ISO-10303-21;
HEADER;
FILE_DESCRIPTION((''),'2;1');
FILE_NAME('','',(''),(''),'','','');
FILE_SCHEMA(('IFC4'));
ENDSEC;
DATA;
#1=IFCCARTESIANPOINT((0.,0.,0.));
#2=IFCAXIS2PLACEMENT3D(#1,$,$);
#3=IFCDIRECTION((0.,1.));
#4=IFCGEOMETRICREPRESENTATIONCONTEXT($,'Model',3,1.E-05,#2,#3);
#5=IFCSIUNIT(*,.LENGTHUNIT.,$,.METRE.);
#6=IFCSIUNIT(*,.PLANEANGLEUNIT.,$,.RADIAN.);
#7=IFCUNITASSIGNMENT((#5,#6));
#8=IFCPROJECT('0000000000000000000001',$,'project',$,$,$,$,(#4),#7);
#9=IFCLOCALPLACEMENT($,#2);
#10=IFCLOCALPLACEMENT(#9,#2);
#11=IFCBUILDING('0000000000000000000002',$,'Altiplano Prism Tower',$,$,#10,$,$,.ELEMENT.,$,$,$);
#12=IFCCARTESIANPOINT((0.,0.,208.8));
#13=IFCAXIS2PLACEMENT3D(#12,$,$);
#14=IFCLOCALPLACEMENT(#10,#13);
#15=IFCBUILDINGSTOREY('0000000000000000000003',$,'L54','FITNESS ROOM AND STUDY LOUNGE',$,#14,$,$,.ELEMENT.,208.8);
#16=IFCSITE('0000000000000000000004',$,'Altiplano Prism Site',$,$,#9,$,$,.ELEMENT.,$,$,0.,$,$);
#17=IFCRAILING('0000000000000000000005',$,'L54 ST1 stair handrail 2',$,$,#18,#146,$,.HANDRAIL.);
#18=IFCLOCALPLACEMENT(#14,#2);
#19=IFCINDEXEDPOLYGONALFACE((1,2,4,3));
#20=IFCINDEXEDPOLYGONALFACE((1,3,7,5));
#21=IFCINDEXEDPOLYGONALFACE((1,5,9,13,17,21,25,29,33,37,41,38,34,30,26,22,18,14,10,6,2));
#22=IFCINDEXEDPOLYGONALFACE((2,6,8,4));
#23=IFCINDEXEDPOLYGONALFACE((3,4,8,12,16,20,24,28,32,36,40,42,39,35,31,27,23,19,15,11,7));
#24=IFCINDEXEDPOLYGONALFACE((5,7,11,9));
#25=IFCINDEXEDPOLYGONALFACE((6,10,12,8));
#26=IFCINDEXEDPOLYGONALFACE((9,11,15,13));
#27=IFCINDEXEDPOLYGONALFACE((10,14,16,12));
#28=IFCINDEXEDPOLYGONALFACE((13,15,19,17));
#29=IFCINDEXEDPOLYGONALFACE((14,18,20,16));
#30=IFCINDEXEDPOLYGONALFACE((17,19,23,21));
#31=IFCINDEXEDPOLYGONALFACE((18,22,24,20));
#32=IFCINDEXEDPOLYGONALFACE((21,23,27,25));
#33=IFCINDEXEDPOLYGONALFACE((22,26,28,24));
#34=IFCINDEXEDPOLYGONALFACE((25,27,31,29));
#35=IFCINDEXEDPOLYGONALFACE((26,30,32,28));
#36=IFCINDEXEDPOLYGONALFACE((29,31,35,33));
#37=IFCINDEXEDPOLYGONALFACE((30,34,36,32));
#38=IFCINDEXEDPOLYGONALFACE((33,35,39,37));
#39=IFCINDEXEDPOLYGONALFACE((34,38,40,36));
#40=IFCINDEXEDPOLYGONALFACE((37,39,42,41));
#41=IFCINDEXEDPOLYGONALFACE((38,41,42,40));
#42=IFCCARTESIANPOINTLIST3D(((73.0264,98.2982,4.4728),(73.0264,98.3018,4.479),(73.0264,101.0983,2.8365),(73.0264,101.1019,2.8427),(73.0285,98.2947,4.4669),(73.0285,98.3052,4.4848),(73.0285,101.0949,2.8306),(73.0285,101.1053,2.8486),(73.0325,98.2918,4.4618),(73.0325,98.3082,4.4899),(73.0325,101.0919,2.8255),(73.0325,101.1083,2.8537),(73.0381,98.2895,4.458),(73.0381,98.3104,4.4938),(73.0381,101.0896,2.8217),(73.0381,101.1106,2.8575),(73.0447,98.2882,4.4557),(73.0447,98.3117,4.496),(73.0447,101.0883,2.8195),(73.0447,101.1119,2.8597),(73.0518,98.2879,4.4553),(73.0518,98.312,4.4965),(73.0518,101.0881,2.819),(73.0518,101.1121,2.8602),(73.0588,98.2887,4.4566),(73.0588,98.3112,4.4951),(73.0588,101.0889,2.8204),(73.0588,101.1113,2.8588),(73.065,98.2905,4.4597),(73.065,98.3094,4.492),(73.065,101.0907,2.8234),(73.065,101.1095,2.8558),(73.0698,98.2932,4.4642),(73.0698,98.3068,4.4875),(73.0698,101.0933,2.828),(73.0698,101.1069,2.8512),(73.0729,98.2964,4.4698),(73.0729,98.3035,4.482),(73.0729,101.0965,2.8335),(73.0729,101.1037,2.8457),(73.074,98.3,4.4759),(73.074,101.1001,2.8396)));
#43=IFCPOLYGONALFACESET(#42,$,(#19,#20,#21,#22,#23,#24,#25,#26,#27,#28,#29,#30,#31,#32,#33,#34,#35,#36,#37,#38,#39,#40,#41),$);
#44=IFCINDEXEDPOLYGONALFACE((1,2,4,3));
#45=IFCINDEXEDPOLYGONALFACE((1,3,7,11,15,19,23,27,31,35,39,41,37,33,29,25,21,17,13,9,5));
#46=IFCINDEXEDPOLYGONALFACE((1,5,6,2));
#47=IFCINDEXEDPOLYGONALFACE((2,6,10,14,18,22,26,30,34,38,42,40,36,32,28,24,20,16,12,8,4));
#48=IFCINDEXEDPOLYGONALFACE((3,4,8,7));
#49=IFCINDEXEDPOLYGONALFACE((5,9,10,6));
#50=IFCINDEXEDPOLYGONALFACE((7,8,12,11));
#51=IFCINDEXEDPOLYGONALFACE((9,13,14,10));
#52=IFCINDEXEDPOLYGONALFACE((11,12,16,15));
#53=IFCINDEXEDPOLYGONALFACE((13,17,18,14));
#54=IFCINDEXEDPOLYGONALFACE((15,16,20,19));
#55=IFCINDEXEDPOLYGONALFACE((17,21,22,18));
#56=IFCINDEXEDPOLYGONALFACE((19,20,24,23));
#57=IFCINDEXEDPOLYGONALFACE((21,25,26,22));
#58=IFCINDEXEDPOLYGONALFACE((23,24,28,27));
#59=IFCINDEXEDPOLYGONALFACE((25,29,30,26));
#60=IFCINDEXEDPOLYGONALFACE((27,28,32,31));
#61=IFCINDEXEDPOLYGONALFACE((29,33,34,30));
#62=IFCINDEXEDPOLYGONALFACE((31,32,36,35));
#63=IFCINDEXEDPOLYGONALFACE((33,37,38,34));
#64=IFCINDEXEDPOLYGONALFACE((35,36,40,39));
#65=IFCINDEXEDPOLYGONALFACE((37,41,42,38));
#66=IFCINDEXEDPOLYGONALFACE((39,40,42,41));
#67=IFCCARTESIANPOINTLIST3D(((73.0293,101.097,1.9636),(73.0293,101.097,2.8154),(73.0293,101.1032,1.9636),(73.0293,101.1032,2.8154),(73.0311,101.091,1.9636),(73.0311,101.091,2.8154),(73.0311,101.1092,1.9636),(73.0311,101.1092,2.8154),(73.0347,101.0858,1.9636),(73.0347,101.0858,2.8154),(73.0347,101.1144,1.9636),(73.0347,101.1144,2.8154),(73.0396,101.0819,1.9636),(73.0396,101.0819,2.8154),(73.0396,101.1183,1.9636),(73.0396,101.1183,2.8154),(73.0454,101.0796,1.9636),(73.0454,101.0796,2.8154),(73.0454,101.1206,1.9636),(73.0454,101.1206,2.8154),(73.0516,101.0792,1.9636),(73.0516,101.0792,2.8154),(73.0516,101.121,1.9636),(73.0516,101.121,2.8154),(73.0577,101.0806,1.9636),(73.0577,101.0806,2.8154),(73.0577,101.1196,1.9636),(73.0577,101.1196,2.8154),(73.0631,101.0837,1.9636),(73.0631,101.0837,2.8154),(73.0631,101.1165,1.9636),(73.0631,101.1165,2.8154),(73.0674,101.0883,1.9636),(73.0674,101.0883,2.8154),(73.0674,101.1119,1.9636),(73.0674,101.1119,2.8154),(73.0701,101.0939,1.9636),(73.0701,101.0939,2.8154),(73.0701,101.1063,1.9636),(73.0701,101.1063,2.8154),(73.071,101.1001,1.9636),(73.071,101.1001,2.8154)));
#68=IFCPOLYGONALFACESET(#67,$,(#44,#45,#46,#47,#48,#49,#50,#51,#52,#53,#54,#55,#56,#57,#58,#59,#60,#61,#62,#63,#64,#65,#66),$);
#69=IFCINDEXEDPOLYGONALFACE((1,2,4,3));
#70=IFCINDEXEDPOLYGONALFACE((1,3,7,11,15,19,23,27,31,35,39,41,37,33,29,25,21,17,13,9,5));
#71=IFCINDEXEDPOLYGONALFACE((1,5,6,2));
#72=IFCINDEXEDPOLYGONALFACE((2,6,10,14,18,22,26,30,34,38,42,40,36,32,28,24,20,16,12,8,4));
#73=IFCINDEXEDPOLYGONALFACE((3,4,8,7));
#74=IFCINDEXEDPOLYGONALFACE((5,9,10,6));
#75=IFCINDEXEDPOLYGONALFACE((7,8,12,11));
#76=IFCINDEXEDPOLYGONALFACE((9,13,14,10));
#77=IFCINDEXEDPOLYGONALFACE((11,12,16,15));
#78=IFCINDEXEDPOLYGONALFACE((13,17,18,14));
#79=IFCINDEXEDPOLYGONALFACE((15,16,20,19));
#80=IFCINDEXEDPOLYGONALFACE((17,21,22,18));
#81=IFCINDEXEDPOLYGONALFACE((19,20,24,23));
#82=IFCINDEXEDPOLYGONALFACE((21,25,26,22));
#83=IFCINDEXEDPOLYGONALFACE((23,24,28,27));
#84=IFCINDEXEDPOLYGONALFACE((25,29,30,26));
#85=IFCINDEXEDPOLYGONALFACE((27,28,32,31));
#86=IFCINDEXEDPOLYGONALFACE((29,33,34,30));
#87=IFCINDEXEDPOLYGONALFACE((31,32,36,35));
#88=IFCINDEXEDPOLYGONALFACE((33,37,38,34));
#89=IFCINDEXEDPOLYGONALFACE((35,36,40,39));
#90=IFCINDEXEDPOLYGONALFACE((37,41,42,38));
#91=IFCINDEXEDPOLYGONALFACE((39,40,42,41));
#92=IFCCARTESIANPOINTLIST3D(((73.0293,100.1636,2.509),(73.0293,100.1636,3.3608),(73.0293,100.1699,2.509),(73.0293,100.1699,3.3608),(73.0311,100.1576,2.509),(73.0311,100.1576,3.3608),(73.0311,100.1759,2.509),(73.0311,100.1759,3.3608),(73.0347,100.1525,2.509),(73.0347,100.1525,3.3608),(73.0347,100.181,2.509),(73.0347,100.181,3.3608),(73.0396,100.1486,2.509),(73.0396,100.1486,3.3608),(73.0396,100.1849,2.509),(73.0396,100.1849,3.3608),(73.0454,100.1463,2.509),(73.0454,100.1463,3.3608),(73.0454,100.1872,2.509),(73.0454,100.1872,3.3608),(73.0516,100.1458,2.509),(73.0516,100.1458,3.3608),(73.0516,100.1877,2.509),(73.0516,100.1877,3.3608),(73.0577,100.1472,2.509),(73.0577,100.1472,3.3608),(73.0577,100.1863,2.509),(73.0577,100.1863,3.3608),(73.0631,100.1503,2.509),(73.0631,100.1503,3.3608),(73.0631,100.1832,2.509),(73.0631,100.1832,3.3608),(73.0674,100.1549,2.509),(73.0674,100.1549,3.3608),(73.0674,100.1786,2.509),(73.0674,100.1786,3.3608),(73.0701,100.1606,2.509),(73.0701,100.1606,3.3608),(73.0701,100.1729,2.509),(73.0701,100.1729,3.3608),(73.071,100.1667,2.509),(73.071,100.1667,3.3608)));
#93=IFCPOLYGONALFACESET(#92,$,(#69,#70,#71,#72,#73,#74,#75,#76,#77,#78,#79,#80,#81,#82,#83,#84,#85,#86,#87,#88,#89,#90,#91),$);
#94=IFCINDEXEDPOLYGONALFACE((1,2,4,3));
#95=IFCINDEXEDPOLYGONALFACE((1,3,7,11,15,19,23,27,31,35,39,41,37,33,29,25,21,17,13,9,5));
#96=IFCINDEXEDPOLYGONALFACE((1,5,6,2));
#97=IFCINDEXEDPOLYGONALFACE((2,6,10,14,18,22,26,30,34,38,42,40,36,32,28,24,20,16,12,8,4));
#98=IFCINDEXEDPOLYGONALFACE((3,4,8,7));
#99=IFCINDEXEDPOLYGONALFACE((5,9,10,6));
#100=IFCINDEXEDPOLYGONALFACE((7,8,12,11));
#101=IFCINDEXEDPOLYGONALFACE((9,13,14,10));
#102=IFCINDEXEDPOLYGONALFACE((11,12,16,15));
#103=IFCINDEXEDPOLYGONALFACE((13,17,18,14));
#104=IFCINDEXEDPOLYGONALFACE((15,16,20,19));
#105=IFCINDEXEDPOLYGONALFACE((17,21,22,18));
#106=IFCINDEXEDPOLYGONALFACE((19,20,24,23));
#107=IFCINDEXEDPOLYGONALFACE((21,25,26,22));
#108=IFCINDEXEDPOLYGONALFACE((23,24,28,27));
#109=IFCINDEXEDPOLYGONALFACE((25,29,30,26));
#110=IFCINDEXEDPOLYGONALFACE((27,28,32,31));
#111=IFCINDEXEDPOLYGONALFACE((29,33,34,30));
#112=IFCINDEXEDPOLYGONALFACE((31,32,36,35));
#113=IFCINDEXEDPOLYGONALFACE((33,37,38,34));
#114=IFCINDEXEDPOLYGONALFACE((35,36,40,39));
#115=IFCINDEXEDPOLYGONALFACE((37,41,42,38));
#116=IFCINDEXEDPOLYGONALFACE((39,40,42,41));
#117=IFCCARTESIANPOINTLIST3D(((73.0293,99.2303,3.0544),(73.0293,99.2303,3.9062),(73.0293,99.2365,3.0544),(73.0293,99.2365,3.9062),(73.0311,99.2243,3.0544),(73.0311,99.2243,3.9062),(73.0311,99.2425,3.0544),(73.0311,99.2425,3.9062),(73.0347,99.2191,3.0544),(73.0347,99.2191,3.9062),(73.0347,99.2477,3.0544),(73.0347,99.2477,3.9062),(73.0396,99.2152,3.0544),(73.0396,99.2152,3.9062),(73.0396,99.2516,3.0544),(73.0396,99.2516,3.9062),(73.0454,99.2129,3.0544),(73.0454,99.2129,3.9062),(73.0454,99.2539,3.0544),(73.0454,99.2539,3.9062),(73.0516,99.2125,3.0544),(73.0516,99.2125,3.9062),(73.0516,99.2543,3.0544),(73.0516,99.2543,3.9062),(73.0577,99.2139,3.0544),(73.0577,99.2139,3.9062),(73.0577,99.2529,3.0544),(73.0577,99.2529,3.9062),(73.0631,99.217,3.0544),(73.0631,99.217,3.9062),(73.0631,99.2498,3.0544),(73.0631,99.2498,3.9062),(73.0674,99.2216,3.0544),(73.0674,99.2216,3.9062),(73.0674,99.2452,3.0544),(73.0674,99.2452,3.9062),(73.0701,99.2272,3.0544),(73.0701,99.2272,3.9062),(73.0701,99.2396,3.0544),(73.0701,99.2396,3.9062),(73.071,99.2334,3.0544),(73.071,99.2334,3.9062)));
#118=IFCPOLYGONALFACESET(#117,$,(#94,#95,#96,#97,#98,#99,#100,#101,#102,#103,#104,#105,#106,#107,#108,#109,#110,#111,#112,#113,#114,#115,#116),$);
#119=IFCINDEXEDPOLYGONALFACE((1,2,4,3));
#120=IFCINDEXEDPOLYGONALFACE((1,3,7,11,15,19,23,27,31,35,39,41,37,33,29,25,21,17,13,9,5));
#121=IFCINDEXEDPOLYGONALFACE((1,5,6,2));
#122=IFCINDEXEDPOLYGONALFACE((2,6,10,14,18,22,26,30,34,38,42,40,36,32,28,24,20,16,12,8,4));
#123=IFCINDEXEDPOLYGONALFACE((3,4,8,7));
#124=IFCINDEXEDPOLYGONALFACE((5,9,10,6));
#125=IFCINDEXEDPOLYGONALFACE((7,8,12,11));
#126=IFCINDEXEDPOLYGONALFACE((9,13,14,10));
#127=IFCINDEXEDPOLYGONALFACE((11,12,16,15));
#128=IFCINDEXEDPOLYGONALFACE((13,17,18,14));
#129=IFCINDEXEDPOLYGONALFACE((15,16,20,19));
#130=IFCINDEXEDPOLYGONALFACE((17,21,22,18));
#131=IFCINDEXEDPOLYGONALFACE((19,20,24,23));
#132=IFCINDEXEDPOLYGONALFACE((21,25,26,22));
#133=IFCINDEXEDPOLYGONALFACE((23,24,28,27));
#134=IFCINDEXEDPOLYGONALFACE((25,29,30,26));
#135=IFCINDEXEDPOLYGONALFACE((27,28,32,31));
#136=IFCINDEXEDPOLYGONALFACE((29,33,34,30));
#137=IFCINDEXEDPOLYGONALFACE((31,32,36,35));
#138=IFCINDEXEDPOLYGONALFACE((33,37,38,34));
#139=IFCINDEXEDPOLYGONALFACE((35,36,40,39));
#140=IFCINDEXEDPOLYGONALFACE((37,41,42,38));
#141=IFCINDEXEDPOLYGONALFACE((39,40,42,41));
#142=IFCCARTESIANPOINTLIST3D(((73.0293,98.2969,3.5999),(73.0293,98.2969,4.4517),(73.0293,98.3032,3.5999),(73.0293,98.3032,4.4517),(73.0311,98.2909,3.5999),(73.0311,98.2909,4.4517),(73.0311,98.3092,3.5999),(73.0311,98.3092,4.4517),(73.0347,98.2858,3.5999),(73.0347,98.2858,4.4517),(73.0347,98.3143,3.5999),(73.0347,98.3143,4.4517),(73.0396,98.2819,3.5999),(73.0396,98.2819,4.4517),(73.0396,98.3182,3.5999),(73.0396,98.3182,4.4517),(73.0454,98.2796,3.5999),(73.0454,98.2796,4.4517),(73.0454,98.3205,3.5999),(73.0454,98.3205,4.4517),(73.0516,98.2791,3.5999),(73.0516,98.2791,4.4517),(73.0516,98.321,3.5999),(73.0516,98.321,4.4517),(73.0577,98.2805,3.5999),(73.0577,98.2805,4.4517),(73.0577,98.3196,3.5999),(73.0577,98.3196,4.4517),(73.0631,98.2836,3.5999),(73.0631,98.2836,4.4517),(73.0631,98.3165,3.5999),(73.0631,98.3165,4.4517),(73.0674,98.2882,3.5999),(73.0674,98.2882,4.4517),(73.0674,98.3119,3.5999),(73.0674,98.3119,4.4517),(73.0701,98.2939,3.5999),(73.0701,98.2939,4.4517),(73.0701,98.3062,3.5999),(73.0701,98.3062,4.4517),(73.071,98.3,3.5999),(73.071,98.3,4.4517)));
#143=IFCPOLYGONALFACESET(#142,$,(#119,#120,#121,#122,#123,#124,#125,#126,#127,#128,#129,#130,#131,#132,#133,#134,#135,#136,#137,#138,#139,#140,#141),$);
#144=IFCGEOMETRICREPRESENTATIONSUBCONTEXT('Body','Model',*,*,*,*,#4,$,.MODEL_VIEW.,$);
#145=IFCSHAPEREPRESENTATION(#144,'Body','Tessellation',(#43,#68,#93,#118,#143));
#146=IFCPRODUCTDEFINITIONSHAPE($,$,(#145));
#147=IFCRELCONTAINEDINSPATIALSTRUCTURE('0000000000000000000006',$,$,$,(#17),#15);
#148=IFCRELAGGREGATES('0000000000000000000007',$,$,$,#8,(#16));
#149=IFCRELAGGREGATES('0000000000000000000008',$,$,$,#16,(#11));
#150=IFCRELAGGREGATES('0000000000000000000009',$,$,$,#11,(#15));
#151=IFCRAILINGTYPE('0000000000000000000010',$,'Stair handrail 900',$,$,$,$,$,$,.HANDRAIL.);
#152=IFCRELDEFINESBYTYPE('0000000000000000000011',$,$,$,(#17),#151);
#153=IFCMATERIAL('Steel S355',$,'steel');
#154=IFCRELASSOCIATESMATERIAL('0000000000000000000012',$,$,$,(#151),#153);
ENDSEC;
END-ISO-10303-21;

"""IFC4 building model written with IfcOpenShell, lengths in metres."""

from ifc_helpers import new_model, si_unit, direction, frame, origin, origin_2d, place, context, subcontext, project, spatial, circle, extrude, material, type_object, element, save


model = new_model("IFC4")

# Units and contexts
model_context = context("Model", 3, precision=1e-05, world=origin(), true_north=direction((0.0, 1.0)))
body_context = subcontext(model_context, "Body", "Model", "MODEL_VIEW")
ifc_project = project(units=[si_unit("LENGTHUNIT", "METRE"), si_unit("PLANEANGLEUNIT", "RADIAN")], contexts=[model_context])

# Site, building, storey
site_placement = place(None, origin())
site = spatial("IfcSite", under=ifc_project, at=site_placement, Name="Altiplano Prism Site", CompositionType="ELEMENT", RefElevation=0.0)
building_placement = place(site_placement, origin())
building = spatial("IfcBuilding", under=site, at=building_placement, Name="Altiplano Prism Tower", CompositionType="ELEMENT")
storey_placement = place(building_placement, frame((0.0, 0.0, 208.8)))
storey = spatial("IfcBuildingStorey", under=building, at=storey_placement, Name="L54", Description="FITNESS ROOM AND STUDY LOUNGE", CompositionType="ELEMENT", Elevation=208.8)

# Railing
ifc_material_1 = material(Name="Steel S355", Category="steel")
railing_type = type_object("IfcRailingType", Name="Stair handrail 900", PredefinedType="HANDRAIL", material=ifc_material_1)
railing_placement = place(storey_placement, frame((73.05, 101.1001, 1.9636)))
element("IfcRailing", 1, at=railing_placement, inside=storey, type_object=railing_type, Name="L54 ST1 stair handrail 2", PredefinedType="HANDRAIL", context=body_context, shape_type="SweptSolid", body=[
    extrude(circle(Radius=0.0239, at=origin_2d()), frame((0.0, 0.0, 0.876), z_axis=(0.0, -0.863394, 0.504531), x_axis=(1.0, 0.0, 0.0)), (0.0, 0.0, 1.0), 3.2432),
    extrude(circle(Radius=0.021, at=origin_2d()), origin(), (0.0, 0.0, 1.0), 0.8518),
    extrude(circle(Radius=0.021, at=origin_2d()), frame((0.0, -0.9333, 0.5454)), (0.0, 0.0, 1.0), 0.8518),
    extrude(circle(Radius=0.021, at=origin_2d()), frame((0.0, -1.8667, 1.0908)), (0.0, 0.0, 1.0), 0.8518),
    extrude(circle(Radius=0.021, at=origin_2d()), frame((0.0, -2.8, 1.6362)), (0.0, 0.0, 1.0), 0.8518),
])

save(model, "model.ifc")
